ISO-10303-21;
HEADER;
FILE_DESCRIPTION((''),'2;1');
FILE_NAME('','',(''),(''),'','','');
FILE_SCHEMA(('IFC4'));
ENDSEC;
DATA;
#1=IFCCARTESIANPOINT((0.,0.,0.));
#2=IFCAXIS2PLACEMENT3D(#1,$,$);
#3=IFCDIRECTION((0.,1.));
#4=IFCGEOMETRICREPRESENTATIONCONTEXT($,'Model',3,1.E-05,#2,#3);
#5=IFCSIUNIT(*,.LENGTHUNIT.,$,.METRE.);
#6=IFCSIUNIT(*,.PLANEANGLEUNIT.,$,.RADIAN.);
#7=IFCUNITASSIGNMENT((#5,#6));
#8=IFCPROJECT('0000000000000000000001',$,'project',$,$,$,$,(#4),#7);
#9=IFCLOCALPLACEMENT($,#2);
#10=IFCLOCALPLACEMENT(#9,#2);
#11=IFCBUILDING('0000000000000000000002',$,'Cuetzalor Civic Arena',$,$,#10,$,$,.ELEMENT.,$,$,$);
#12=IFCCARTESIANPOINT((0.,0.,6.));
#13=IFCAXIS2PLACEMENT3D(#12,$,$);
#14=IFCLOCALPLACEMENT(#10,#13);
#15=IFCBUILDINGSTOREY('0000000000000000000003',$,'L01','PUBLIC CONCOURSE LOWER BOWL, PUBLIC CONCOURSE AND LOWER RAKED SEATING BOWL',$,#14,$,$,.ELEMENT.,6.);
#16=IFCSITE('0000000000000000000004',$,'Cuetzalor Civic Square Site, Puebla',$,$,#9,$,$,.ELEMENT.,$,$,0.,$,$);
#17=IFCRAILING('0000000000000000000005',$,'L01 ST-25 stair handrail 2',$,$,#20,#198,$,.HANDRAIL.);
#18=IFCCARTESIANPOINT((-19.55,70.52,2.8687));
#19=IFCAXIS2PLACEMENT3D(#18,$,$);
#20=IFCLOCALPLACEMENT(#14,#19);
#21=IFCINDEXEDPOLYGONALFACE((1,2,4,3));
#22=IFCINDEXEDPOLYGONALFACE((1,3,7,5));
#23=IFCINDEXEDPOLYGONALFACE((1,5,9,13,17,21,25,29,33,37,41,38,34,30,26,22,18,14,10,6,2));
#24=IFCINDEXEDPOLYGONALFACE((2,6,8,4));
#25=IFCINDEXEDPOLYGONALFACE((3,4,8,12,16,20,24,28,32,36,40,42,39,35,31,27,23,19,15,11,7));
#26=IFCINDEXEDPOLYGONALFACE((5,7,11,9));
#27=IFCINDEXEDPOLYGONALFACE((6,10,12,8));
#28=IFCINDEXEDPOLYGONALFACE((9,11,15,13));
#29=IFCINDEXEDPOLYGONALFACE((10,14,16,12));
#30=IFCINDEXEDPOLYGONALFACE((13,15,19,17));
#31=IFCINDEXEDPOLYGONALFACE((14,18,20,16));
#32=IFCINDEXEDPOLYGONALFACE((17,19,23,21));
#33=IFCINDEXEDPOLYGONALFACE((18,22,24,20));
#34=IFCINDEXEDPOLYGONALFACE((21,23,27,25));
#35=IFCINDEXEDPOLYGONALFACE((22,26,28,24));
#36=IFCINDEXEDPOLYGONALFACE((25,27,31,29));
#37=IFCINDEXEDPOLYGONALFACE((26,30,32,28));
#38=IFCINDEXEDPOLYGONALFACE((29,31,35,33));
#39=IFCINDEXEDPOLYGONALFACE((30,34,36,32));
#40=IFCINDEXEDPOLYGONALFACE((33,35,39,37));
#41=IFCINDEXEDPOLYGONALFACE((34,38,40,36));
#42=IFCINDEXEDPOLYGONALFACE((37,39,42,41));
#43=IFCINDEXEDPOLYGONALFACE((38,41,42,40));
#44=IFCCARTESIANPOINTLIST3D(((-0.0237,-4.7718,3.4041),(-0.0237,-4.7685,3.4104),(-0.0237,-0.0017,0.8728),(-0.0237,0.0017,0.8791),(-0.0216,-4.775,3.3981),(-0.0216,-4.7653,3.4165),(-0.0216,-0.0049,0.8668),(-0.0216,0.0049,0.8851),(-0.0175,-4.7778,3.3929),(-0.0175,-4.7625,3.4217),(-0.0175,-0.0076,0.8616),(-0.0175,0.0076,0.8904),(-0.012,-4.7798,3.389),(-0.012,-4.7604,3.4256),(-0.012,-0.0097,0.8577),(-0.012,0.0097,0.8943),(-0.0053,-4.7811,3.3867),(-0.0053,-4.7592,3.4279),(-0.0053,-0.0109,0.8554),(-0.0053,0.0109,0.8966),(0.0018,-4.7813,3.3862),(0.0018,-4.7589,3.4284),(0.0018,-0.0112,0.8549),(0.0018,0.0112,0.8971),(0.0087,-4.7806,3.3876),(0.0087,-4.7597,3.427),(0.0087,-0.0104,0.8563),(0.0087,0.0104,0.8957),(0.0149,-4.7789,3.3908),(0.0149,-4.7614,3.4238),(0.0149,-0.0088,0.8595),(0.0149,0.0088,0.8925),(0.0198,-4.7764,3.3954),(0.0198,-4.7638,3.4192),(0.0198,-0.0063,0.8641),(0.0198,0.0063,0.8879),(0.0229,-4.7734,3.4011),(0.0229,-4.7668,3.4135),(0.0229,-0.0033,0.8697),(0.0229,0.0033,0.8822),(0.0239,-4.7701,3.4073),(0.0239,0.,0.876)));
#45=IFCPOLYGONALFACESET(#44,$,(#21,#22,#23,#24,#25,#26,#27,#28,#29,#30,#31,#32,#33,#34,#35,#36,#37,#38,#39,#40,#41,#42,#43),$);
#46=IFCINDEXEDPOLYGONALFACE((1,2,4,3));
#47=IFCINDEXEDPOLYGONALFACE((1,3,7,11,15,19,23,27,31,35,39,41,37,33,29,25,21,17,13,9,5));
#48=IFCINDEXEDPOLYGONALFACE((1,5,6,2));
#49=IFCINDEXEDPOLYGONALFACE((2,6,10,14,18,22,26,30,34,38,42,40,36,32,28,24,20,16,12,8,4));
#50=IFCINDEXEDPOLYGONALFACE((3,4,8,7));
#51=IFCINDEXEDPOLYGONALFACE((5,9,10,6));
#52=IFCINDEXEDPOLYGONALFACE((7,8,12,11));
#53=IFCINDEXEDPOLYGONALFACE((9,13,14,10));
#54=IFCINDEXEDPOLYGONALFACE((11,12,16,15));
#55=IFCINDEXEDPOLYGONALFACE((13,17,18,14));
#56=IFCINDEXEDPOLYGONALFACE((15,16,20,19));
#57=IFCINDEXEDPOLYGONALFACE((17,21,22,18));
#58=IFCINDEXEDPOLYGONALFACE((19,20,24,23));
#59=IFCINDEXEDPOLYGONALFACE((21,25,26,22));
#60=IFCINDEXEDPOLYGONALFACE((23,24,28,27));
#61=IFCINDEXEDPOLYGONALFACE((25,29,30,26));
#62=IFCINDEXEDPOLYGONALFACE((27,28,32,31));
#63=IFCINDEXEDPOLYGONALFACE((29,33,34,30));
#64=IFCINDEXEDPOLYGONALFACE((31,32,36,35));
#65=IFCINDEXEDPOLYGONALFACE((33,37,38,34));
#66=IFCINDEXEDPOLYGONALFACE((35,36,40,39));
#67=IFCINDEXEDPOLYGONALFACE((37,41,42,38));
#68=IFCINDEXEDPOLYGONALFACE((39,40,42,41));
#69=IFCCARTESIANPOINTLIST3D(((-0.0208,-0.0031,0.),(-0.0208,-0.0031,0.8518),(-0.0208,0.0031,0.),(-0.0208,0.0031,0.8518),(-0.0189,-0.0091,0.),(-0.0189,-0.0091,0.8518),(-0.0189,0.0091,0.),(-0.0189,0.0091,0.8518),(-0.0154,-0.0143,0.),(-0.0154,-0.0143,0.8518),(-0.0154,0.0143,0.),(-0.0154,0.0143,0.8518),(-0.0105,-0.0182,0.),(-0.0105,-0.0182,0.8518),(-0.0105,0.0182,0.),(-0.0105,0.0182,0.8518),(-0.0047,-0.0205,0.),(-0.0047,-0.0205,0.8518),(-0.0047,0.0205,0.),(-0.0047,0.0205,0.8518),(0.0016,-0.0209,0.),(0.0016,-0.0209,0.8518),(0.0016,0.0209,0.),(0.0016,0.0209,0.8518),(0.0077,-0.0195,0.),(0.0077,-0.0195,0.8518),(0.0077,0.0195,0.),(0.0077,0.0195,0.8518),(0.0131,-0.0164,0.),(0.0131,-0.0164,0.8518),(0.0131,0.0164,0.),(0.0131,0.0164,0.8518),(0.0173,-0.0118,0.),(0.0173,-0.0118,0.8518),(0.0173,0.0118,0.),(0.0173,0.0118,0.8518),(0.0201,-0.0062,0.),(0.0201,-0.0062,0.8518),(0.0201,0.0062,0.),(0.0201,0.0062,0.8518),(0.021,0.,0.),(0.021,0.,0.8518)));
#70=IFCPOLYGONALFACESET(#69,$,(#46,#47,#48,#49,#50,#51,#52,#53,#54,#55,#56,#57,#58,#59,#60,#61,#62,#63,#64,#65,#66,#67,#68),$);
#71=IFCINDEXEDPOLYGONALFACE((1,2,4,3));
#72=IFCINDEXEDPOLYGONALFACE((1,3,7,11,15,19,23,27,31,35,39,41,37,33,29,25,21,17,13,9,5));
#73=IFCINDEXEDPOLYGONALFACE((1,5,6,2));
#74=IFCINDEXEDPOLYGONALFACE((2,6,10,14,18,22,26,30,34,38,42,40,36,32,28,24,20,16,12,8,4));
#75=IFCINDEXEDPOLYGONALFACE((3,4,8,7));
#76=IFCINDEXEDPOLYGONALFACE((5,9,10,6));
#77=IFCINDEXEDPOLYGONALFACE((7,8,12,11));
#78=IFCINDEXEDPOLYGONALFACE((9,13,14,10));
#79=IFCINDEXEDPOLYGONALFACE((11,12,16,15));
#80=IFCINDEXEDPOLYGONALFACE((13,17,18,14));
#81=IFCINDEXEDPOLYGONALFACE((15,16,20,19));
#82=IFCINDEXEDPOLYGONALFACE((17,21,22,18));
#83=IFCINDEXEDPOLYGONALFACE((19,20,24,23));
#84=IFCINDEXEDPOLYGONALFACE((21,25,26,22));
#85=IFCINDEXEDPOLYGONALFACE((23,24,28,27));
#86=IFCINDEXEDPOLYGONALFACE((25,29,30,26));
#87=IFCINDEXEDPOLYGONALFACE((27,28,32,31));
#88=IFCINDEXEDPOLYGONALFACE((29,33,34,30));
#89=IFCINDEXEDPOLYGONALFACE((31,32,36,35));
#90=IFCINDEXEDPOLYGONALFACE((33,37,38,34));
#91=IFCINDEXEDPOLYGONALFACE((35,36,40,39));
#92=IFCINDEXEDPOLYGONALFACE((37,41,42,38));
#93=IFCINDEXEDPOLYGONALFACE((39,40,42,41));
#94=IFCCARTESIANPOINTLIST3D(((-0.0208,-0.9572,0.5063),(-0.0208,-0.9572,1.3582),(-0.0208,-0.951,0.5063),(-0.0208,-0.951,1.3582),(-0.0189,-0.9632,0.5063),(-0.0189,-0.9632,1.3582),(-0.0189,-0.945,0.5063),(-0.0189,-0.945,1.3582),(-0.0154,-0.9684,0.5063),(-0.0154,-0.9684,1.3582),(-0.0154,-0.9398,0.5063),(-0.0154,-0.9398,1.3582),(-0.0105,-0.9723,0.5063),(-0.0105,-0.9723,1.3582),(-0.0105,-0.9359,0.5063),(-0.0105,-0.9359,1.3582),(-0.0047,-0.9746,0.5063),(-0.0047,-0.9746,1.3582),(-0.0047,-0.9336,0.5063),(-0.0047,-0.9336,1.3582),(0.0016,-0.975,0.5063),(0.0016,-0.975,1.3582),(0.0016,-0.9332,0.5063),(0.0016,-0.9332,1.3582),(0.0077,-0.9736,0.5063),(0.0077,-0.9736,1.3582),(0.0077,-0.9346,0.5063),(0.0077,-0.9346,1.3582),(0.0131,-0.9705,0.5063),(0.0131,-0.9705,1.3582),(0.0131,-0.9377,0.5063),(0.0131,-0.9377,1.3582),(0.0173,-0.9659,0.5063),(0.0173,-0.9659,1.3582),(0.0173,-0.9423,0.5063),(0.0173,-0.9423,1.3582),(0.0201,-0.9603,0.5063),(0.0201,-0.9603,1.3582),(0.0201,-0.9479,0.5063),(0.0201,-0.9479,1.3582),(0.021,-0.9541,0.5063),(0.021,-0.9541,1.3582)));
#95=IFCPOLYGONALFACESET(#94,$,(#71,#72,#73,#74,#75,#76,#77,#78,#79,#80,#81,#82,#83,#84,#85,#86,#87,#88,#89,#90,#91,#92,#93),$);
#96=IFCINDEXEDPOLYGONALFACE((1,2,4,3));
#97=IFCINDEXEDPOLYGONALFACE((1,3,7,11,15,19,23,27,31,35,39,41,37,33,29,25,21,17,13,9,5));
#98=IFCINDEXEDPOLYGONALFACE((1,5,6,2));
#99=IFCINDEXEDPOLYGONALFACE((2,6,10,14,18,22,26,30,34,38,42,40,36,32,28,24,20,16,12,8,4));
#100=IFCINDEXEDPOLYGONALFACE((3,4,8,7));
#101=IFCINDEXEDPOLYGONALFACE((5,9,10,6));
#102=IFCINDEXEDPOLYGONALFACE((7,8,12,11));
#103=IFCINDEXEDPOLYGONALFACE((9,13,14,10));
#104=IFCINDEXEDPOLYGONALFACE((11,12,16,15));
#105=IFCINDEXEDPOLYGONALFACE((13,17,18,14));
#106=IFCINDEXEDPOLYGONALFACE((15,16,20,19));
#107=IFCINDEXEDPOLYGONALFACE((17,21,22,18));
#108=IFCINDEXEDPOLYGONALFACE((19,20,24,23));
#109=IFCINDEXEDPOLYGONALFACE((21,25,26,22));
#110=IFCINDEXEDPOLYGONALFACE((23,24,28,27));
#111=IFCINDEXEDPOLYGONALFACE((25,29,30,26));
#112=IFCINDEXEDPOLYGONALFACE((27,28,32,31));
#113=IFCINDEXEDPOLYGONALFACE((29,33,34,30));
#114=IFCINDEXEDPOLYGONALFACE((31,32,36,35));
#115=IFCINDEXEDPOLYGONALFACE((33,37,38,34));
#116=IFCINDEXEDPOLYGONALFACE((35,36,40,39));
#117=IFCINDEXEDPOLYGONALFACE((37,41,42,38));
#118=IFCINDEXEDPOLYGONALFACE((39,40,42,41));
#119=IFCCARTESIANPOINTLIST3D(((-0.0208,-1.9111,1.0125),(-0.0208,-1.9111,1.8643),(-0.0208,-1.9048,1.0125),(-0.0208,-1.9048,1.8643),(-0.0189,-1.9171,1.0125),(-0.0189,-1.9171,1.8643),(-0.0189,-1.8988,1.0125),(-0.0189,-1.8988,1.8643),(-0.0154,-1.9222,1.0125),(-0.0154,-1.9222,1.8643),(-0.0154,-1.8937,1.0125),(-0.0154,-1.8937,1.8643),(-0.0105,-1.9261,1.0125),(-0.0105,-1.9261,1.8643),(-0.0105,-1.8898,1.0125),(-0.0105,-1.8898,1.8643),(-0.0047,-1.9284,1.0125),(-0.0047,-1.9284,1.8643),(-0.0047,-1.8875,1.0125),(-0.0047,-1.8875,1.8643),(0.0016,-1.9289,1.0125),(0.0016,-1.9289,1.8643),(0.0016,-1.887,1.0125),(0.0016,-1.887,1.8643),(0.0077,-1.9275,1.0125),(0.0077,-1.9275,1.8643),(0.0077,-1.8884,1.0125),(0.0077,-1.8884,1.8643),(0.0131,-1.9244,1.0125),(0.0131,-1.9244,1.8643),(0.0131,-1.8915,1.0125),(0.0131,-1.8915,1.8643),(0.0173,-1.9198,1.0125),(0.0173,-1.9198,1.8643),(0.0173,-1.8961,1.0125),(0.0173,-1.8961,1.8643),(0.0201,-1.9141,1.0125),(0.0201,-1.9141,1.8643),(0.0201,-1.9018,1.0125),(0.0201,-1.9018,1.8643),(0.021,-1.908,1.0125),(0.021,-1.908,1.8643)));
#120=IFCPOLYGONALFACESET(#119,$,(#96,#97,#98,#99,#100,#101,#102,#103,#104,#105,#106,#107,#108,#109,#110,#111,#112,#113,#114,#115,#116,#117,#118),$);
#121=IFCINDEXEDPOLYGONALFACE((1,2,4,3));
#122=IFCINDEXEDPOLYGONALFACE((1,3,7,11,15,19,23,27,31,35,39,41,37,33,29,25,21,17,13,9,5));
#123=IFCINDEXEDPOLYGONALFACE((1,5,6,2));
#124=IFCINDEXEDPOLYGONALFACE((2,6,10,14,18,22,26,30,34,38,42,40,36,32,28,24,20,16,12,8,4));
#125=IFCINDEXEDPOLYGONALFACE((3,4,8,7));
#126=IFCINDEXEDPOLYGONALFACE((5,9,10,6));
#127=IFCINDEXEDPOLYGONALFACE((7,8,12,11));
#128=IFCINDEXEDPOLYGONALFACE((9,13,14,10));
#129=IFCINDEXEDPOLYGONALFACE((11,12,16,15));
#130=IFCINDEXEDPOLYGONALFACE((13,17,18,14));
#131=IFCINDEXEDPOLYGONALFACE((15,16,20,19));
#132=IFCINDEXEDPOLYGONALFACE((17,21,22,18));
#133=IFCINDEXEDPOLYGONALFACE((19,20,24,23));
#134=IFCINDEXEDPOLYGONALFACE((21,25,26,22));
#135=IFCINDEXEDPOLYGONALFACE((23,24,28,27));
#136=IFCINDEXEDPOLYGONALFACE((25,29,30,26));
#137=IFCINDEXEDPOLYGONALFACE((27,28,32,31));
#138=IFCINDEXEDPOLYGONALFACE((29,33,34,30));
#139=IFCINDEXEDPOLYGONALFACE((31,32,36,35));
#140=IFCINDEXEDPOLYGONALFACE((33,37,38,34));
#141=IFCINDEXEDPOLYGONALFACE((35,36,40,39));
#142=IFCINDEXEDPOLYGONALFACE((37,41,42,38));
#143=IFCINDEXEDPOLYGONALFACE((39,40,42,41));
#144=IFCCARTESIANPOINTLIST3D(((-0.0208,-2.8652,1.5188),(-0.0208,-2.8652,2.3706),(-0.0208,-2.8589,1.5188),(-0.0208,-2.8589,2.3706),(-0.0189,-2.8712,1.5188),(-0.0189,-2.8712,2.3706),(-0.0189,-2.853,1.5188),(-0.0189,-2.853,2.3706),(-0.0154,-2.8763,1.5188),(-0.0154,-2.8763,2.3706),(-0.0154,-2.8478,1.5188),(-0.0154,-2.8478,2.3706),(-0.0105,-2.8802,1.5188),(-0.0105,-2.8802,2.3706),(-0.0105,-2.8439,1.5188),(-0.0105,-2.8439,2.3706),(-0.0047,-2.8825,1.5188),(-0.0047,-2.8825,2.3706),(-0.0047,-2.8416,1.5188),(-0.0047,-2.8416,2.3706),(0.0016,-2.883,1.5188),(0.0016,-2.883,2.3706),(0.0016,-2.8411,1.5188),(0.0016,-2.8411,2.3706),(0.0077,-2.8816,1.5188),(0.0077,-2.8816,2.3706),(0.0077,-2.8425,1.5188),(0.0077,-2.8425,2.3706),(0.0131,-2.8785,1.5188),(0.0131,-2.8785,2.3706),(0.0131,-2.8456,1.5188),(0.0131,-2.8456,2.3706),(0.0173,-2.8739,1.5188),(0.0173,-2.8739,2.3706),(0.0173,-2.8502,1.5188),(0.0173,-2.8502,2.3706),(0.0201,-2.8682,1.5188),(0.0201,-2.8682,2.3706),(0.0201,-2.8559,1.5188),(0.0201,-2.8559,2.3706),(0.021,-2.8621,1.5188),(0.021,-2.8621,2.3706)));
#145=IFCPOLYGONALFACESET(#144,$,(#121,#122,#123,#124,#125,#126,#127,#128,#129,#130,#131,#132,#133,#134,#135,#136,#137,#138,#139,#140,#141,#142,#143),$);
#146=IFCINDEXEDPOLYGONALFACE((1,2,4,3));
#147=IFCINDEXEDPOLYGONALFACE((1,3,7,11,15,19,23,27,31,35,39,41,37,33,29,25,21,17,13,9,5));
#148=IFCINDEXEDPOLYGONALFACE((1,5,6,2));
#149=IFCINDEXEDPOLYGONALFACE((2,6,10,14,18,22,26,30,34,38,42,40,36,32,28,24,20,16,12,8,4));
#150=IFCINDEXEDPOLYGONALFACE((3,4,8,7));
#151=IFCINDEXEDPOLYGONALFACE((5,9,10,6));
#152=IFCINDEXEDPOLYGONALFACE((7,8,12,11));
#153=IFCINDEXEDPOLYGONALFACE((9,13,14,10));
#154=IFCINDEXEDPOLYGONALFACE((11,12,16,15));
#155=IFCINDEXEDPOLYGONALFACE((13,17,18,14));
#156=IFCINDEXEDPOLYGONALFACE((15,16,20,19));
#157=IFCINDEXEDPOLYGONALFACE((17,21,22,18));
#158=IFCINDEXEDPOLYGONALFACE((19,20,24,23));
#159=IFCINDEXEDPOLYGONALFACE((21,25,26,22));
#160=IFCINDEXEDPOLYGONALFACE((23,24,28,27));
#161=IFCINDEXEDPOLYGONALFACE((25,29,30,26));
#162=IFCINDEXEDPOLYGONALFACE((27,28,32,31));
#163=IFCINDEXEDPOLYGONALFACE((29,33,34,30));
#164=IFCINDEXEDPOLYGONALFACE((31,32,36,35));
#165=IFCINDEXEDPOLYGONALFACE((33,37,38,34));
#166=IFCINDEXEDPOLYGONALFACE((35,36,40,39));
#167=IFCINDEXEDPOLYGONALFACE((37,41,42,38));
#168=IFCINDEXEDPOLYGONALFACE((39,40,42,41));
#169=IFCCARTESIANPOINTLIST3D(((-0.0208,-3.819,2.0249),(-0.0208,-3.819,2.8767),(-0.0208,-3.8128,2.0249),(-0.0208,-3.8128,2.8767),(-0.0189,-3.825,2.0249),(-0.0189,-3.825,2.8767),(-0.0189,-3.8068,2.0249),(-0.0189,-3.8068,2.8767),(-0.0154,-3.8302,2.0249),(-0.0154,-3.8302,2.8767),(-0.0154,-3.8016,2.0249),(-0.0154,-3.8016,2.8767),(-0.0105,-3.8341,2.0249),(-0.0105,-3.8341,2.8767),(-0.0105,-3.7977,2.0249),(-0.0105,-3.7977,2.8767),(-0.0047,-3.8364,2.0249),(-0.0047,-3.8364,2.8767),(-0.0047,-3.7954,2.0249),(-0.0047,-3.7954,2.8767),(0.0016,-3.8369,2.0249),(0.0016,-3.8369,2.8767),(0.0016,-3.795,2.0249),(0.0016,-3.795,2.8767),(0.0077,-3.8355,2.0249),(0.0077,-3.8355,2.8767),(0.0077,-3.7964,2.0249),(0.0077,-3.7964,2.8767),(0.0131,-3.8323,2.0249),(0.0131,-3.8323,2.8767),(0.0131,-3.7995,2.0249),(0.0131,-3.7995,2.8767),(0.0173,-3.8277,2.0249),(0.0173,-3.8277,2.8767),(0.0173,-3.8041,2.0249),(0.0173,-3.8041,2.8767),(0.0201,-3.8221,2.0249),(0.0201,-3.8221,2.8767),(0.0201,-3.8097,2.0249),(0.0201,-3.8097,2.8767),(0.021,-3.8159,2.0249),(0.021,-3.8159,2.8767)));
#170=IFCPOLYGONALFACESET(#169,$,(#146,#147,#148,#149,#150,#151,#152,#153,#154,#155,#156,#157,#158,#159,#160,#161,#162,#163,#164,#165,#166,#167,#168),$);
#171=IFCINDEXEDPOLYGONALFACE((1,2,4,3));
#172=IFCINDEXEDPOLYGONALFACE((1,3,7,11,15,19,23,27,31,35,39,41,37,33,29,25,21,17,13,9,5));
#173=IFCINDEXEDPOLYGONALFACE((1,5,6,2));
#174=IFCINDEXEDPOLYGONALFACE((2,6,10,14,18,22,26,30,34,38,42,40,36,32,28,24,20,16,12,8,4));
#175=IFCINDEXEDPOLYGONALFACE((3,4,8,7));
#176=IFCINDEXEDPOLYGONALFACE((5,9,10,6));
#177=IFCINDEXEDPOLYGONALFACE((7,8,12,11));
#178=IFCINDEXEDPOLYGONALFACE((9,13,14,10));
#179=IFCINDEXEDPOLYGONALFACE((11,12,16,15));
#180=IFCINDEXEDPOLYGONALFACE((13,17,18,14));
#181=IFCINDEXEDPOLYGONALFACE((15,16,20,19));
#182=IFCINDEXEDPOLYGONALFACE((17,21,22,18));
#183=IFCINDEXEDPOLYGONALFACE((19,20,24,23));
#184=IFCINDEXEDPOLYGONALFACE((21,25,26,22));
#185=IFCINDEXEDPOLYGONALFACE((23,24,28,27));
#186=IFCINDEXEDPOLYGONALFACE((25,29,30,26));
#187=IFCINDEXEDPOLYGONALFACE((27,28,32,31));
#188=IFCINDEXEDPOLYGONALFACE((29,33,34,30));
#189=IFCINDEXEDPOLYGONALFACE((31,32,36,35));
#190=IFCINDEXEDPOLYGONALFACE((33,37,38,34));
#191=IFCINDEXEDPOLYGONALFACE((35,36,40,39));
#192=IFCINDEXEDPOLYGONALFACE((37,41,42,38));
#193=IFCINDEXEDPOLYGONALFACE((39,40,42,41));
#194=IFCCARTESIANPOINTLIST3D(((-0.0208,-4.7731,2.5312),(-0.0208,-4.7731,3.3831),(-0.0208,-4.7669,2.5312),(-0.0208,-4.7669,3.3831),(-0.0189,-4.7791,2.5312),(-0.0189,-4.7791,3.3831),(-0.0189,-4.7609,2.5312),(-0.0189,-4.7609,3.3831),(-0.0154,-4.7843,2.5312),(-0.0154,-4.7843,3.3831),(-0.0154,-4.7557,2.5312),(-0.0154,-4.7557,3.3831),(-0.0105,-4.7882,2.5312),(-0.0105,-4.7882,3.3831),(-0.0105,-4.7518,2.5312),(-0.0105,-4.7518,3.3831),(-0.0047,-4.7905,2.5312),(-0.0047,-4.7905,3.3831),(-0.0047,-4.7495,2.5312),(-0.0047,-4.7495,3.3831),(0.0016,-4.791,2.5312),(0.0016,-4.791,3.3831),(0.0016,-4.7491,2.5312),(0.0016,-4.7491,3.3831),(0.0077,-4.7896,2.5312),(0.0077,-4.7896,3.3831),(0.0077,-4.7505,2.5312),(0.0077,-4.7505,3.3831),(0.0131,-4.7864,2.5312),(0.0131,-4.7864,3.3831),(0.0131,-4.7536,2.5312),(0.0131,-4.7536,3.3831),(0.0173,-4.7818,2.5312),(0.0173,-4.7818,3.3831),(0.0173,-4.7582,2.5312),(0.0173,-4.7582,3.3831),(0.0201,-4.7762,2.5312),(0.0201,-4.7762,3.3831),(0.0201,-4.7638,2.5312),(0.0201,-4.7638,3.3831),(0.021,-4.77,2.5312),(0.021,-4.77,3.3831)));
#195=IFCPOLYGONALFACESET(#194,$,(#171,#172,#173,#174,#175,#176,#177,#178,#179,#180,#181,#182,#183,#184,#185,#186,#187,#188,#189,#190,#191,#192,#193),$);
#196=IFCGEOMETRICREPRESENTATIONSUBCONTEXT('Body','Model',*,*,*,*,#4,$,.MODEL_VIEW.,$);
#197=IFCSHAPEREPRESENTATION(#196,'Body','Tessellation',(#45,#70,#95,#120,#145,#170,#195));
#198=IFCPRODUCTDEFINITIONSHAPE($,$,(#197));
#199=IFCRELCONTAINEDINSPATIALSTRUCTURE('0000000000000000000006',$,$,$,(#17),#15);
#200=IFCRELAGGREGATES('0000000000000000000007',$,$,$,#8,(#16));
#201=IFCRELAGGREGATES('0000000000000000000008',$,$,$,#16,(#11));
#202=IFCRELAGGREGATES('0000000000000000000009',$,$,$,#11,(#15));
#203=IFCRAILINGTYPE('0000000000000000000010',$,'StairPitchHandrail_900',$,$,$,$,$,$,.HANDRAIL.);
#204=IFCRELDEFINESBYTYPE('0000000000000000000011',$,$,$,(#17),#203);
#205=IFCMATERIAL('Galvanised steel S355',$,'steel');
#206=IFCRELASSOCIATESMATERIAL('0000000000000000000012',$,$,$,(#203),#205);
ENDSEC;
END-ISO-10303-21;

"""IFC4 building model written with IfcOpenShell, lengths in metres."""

from ifc_helpers import new_model, si_unit, direction, frame, origin, origin_2d, place, context, subcontext, project, spatial, circle, extrude, material, type_object, element, save


model = new_model("IFC4")

# Units and contexts
model_context = context("Model", 3, precision=1e-05, world=origin(), true_north=direction((0.0, 1.0)))
body_context = subcontext(model_context, "Body", "Model", "MODEL_VIEW")
ifc_project = project(units=[si_unit("LENGTHUNIT", "METRE"), si_unit("PLANEANGLEUNIT", "RADIAN")], contexts=[model_context])

# Site, building, storey
site_placement = place(None, origin())
site = spatial("IfcSite", under=ifc_project, at=site_placement, Name="Cuetzalor Civic Square Site, Puebla", CompositionType="ELEMENT", RefElevation=0.0)
building_placement = place(site_placement, origin())
building = spatial("IfcBuilding", under=site, at=building_placement, Name="Cuetzalor Civic Arena", CompositionType="ELEMENT")
storey_placement = place(building_placement, frame((0.0, 0.0, 6.0)))
storey = spatial("IfcBuildingStorey", under=building, at=storey_placement, Name="L01", Description="PUBLIC CONCOURSE LOWER BOWL, PUBLIC CONCOURSE AND LOWER RAKED SEATING BOWL", CompositionType="ELEMENT", Elevation=6.0)

# Railing
ifc_material_1 = material(Name="Galvanised steel S355", Category="steel")
railing_type_1 = type_object("IfcRailingType", Name="StairPitchHandrail_900", PredefinedType="HANDRAIL", material=ifc_material_1)
for number, where, name in (
    (1, (-19.55, 70.52, 2.8687), "L01 ST-25 stair handrail 2"),
):
    element("IfcRailing", number, at=place(storey_placement, frame(where)), inside=storey, type_object=railing_type_1, Name=name, PredefinedType="HANDRAIL", context=body_context, shape_type="SweptSolid", body=[
        extrude(circle(Radius=0.0239, at=origin_2d()), frame((0.0, 0.0, 0.876), z_axis=(0.0, -0.883332, 0.468747), x_axis=(1.0, 0.0, 0.0)), (0.0, 0.0, 1.0), 5.4001),
        extrude(circle(Radius=0.021, at=origin_2d()), origin(), (0.0, 0.0, 1.0), 0.8518),
        extrude(circle(Radius=0.021, at=origin_2d()), frame((0.0, -0.9541, 0.5063)), (0.0, 0.0, 1.0), 0.8518),
        extrude(circle(Radius=0.021, at=origin_2d()), frame((0.0, -1.908, 1.0125)), (0.0, 0.0, 1.0), 0.8518),
        extrude(circle(Radius=0.021, at=origin_2d()), frame((0.0, -2.8621, 1.5188)), (0.0, 0.0, 1.0), 0.8518),
        extrude(circle(Radius=0.021, at=origin_2d()), frame((0.0, -3.8159, 2.0249)), (0.0, 0.0, 1.0), 0.8518),
        extrude(circle(Radius=0.021, at=origin_2d()), frame((0.0, -4.77, 2.5312)), (0.0, 0.0, 1.0), 0.8518),
    ])

save(model, "model.ifc")
